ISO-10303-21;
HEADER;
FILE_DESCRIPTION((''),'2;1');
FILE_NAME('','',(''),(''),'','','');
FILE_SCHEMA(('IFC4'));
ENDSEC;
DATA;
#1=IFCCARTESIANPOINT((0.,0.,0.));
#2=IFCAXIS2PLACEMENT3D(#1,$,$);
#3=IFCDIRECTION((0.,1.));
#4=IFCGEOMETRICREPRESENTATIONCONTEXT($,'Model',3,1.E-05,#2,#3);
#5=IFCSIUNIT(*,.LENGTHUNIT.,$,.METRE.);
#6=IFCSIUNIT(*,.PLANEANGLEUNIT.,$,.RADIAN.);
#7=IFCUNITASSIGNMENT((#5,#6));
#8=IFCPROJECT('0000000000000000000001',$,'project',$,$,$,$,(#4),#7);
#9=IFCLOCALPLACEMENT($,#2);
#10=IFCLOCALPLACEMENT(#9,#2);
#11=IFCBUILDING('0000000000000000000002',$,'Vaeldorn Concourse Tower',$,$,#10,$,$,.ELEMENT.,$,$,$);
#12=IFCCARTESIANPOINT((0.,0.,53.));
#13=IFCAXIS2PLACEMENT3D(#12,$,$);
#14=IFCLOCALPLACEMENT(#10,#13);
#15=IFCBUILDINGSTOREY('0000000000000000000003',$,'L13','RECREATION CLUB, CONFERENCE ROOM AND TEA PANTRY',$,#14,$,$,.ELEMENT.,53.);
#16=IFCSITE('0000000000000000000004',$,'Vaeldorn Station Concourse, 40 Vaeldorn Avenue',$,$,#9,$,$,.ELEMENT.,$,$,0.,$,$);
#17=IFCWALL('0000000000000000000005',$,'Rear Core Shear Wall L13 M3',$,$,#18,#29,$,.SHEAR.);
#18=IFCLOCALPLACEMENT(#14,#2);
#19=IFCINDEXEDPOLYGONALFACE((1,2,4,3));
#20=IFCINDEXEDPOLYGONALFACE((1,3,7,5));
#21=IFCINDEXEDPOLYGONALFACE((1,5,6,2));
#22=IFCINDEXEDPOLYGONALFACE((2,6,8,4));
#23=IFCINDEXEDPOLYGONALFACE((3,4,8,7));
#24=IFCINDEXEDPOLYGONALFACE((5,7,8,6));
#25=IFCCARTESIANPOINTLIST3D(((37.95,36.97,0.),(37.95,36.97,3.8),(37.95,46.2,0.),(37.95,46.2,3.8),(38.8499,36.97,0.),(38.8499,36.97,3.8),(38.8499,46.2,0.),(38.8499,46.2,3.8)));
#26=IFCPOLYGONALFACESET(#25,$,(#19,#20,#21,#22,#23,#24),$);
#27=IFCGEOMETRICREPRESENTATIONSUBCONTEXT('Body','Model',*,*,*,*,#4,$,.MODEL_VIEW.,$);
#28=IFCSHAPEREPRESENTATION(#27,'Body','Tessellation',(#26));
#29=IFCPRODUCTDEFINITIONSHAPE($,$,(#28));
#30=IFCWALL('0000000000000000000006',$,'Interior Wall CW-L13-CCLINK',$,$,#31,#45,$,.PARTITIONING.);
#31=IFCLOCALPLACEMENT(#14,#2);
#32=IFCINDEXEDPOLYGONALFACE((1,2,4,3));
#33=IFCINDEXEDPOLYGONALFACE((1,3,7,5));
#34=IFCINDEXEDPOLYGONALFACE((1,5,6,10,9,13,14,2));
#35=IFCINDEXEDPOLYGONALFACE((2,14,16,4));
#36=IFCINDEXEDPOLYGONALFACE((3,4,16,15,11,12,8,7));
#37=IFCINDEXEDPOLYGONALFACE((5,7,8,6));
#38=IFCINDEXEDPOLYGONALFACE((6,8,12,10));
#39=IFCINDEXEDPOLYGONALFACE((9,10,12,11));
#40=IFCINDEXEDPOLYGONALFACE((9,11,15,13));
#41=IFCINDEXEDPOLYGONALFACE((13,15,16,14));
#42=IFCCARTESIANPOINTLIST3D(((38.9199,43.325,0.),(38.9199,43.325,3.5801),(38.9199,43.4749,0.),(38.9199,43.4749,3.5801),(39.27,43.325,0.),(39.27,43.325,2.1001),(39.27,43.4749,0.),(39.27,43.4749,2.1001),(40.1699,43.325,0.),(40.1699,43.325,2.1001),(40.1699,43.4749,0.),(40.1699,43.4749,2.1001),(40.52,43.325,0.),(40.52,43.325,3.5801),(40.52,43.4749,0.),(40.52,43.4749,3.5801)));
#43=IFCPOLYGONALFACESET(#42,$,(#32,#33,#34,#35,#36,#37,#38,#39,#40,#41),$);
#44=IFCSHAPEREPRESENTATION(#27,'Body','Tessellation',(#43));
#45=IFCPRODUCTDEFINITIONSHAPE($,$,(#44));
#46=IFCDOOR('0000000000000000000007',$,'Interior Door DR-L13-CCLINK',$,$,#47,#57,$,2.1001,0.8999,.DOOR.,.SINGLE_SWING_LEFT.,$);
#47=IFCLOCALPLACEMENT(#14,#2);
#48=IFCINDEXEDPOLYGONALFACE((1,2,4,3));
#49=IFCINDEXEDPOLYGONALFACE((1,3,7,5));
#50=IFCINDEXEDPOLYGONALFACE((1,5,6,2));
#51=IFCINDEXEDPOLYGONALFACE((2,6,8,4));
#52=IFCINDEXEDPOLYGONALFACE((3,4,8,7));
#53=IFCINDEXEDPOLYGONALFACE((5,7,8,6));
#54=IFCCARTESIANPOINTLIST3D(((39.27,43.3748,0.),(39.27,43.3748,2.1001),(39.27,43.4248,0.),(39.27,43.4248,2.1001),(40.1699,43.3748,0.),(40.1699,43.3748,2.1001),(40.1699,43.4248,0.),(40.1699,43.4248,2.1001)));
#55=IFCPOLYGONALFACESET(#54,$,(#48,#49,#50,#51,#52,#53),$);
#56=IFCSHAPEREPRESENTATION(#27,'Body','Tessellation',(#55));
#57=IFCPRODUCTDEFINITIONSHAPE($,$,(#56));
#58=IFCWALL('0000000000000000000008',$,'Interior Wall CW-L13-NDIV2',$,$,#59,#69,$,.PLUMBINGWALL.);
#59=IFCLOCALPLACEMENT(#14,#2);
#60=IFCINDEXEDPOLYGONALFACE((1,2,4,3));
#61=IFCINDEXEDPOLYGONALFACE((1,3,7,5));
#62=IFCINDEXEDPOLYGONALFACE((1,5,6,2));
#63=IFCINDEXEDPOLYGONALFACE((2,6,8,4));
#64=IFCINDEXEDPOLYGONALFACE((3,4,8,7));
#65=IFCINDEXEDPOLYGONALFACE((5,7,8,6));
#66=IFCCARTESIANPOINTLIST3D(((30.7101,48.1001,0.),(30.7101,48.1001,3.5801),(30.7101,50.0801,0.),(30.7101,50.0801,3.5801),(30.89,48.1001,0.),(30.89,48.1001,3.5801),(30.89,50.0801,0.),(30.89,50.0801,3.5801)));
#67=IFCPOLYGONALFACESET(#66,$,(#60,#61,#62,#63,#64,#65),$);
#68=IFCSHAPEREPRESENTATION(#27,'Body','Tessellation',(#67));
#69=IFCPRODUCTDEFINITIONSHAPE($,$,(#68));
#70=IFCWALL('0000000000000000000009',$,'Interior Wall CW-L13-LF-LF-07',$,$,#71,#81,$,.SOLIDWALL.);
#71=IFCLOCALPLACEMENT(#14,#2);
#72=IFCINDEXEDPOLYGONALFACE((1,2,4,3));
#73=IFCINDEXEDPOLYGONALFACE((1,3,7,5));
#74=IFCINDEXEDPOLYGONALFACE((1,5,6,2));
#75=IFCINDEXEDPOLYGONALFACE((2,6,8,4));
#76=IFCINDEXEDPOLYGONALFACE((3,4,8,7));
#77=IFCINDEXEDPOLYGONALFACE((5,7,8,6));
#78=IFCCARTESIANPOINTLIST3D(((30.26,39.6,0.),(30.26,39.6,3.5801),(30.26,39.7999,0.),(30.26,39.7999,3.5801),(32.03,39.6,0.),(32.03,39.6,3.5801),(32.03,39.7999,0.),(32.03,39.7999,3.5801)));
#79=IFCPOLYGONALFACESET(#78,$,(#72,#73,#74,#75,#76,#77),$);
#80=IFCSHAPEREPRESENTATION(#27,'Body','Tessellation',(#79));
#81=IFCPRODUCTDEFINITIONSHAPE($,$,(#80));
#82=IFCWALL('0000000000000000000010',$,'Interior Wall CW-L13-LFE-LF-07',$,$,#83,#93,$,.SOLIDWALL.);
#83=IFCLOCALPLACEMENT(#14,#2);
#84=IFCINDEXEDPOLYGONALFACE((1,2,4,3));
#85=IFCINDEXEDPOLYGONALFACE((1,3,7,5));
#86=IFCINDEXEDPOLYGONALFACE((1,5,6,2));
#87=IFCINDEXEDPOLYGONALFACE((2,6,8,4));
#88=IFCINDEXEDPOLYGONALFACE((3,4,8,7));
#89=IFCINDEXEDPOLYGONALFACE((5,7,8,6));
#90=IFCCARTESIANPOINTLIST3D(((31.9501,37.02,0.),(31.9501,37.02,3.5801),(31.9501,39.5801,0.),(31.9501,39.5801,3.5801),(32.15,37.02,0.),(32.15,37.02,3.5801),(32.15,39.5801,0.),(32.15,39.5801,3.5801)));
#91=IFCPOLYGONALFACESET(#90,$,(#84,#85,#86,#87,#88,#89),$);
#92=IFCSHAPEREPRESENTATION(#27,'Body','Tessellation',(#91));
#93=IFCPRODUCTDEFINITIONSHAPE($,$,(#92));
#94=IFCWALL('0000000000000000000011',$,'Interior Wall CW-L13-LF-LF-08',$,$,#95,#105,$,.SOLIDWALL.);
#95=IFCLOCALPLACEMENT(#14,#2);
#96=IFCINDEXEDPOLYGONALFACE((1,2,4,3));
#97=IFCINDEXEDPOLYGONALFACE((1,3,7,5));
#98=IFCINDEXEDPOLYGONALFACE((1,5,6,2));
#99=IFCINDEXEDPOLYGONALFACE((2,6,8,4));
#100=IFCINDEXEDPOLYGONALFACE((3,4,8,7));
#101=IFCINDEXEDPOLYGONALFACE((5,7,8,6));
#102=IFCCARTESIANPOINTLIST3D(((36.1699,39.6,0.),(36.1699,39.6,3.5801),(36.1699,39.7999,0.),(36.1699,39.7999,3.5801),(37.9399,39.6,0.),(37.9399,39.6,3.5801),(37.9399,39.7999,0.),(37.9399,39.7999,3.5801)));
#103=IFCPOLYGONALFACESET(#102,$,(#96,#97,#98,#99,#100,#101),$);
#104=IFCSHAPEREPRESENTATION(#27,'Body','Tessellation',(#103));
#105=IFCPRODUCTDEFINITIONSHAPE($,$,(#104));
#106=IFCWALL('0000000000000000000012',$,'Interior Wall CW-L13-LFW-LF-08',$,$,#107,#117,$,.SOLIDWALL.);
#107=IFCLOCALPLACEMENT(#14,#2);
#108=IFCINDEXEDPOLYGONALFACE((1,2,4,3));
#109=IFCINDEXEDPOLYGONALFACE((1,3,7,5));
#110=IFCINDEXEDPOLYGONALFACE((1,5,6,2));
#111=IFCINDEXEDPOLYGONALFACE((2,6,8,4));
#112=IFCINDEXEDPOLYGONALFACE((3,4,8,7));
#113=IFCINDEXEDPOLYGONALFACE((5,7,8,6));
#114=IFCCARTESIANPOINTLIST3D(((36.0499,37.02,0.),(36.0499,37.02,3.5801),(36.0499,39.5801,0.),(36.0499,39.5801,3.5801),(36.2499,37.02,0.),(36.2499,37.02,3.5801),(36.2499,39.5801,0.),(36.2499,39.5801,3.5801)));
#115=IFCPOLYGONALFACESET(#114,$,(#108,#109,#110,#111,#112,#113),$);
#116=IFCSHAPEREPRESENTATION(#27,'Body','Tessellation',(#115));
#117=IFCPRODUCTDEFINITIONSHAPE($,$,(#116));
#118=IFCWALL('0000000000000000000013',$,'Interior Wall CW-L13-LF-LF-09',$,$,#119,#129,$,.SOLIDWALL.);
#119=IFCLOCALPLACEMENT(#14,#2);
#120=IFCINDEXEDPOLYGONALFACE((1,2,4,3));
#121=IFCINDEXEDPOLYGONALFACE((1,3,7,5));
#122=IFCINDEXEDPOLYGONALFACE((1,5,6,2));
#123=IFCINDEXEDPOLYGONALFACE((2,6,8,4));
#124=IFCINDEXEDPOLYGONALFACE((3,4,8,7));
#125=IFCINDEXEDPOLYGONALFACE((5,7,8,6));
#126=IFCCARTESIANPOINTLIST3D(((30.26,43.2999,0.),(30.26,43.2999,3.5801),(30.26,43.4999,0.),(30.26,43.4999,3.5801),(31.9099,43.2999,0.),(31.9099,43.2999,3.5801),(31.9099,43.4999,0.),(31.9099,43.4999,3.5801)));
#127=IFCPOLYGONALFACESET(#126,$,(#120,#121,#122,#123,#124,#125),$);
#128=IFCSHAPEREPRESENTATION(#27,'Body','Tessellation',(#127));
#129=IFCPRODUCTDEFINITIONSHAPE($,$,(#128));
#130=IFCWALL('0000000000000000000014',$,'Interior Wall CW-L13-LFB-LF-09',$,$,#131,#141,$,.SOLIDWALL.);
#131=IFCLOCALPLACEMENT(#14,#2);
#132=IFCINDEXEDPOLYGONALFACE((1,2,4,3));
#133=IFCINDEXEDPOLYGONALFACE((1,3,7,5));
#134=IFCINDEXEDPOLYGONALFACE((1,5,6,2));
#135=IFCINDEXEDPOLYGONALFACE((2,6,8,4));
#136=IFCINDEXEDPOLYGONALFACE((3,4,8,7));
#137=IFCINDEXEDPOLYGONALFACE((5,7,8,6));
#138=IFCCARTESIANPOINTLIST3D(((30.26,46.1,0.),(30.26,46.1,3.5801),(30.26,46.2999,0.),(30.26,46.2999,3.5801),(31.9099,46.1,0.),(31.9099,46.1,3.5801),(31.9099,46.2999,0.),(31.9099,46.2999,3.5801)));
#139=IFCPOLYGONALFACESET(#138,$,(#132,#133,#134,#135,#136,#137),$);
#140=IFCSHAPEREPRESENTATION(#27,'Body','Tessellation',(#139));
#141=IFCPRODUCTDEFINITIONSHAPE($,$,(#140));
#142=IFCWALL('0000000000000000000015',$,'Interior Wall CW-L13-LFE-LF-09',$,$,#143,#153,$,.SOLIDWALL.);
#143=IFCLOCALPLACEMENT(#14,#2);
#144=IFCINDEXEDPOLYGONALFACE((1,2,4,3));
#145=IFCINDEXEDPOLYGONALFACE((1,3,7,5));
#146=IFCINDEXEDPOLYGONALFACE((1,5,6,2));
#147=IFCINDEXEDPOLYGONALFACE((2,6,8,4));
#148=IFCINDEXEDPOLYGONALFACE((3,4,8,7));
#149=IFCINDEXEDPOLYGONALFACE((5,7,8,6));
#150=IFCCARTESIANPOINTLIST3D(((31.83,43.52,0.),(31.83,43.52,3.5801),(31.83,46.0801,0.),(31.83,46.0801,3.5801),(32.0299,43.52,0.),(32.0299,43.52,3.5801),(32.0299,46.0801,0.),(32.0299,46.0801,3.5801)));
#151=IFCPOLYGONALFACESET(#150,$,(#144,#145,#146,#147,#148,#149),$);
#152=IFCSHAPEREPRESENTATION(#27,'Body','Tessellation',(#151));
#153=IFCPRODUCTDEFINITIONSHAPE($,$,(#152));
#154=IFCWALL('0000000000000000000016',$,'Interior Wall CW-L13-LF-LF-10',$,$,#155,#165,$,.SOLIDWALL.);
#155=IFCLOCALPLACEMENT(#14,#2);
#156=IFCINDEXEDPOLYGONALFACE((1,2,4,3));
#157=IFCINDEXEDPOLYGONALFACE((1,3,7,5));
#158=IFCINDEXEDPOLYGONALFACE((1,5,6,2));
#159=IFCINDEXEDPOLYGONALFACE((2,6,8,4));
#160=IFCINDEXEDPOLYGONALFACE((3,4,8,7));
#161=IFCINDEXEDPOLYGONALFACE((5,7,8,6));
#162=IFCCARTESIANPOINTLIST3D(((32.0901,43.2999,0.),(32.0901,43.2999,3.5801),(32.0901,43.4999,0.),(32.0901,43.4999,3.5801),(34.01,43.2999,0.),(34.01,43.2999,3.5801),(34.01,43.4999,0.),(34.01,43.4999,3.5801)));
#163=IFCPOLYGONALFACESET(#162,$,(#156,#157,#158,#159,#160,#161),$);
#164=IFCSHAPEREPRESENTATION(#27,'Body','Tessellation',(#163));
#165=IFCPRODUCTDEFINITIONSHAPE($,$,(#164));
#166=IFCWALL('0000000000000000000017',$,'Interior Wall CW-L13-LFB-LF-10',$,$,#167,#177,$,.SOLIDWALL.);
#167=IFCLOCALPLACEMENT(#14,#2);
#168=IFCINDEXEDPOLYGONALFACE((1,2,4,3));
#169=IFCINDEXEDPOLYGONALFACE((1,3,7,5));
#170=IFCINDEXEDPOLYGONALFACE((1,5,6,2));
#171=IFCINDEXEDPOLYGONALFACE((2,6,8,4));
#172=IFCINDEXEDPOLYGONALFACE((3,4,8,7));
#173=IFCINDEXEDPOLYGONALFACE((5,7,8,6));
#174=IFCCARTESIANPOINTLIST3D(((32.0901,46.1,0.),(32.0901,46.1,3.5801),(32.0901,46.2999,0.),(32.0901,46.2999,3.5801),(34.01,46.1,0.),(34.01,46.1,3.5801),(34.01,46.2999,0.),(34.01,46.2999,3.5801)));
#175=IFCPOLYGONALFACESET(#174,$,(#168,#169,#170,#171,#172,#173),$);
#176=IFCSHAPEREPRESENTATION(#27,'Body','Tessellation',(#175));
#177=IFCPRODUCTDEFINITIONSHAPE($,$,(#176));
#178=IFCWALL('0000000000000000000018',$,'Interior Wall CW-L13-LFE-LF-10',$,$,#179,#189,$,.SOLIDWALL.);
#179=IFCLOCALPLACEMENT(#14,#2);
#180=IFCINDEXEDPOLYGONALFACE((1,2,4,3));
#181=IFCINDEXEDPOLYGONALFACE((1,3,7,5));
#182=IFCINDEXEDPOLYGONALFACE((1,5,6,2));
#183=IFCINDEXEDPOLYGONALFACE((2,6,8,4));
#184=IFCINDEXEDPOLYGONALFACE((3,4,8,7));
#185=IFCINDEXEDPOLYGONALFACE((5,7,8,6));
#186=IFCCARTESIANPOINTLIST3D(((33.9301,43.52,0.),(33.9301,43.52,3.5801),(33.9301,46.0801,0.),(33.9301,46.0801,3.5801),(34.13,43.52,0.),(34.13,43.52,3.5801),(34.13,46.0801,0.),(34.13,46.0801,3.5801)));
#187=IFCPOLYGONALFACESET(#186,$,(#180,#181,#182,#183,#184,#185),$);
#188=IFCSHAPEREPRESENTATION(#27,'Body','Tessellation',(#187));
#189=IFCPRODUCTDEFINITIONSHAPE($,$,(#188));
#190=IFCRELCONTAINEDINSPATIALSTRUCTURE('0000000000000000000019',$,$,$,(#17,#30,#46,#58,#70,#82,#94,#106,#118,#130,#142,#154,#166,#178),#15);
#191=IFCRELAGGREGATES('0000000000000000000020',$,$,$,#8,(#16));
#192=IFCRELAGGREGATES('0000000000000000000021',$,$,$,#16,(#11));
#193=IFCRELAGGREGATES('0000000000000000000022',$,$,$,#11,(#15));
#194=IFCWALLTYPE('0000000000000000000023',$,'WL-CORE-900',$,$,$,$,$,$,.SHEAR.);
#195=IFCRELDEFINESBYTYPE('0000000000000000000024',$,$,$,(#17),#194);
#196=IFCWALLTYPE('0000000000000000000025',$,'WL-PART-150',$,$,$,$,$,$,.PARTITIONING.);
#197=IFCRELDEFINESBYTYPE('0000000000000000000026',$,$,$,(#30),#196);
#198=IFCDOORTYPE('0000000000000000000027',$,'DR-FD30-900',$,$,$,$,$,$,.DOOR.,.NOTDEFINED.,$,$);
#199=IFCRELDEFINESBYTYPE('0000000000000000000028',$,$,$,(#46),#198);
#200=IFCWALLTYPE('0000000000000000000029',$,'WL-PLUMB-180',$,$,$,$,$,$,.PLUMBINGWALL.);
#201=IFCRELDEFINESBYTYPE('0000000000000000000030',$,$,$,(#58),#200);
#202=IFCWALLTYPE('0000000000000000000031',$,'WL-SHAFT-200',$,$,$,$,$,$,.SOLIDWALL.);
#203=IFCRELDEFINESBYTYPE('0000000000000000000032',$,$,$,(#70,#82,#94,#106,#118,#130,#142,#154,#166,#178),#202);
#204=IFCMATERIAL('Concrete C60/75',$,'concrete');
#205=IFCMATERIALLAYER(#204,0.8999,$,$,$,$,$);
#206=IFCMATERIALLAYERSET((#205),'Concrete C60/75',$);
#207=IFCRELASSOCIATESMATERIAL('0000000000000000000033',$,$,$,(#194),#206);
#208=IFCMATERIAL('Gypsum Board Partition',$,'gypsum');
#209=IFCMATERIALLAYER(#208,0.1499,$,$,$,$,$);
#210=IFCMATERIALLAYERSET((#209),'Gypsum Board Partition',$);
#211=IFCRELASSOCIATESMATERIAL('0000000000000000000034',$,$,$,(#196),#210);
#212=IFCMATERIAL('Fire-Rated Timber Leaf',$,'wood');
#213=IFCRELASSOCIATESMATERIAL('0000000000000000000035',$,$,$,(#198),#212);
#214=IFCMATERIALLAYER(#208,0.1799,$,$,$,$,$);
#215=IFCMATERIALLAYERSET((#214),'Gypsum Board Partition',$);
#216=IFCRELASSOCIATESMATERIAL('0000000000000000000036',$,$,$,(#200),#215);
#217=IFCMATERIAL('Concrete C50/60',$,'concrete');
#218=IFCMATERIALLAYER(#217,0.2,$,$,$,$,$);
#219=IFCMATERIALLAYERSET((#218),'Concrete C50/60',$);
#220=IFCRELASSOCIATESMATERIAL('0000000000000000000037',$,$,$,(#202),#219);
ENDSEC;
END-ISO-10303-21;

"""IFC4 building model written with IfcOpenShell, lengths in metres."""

from ifc_helpers import new_model, si_unit, direction, frame, frame_2d, origin, place, context, subcontext, project, spatial, rectangle, extrude, source, transform, mapped, material, layer, layer_set, type_object, element, fill, save


model = new_model("IFC4")

# Units and contexts
model_context = context("Model", 3, precision=1e-05, world=origin(), true_north=direction((0.0, 1.0)))
body_context = subcontext(model_context, "Body", "Model", "MODEL_VIEW")
ifc_project = project(units=[si_unit("LENGTHUNIT", "METRE"), si_unit("PLANEANGLEUNIT", "RADIAN")], contexts=[model_context])

# Site, building, storey
site_placement = place(None, origin())
site = spatial("IfcSite", under=ifc_project, at=site_placement, Name="Vaeldorn Station Concourse, 40 Vaeldorn Avenue", CompositionType="ELEMENT", RefElevation=0.0)
building_placement = place(site_placement, origin())
building = spatial("IfcBuilding", under=site, at=building_placement, Name="Vaeldorn Concourse Tower", CompositionType="ELEMENT")
storey_placement = place(building_placement, frame((0.0, 0.0, 53.0)))
storey = spatial("IfcBuildingStorey", under=building, at=storey_placement, Name="L13", Description="RECREATION CLUB, CONFERENCE ROOM AND TEA PANTRY", CompositionType="ELEMENT", Elevation=53.0)

# Wall
ifc_material_1 = material(Name="Concrete C60/75", Category="concrete")
ifc_layer_1 = layer(ifc_material_1, 0.8999)
ifc_layer_set_1 = layer_set([ifc_layer_1], Name="Concrete C60/75")
wall_type_1 = type_object("IfcWallType", Name="WL-CORE-900", PredefinedType="SHEAR", material=ifc_layer_set_1)
for number, where, z_axis, x_axis, name in (
    (1, (38.3999, 36.97, 0.0), (0.0, 0.0, 1.0), (0.0, 1.0, 0.0), "Rear Core Shear Wall L13 M3"),
):
    element("IfcWall", number, at=place(storey_placement, frame(where, z_axis=z_axis, x_axis=x_axis)), inside=storey, type_object=wall_type_1, Name=name, PredefinedType="SHEAR", context=body_context, shape_type="SweptSolid", body=[
        extrude(rectangle(XDim=9.23, YDim=0.8999, at=frame_2d((4.615, 0.0))), origin(), (0.0, 0.0, 1.0), 3.8),
    ])

# Wall, opening, door
ifc_material_2 = material(Name="Gypsum Board Partition", Category="gypsum")
ifc_layer_2 = layer(ifc_material_2, 0.1499)
ifc_layer_set_2 = layer_set([ifc_layer_2], Name="Gypsum Board Partition")
wall_type_2 = type_object("IfcWallType", Name="WL-PART-150", PredefinedType="PARTITIONING", material=ifc_layer_set_2)
wall_1_placement = place(storey_placement, frame((38.9199, 43.3999, 0.0), z_axis=(0.0, 0.0, 1.0), x_axis=(1.0, 0.0, 0.0)))
wall_1 = element("IfcWall", 2, at=wall_1_placement, inside=storey, type_object=wall_type_2, Name="Interior Wall CW-L13-CCLINK", PredefinedType="PARTITIONING", context=body_context, shape_type="SweptSolid", body=[
    extrude(rectangle(XDim=1.6001, YDim=0.1499, at=frame_2d((0.8, 0.0))), origin(), (0.0, 0.0, 1.0), 3.5801),
])
opening_placement = place(wall_1_placement, frame((0.3501, 0.0, 0.0)))
opening = element("IfcOpeningElement", 3, at=opening_placement, cuts=wall_1, PredefinedType="OPENING", context=body_context, shape_type="SweptSolid", body=[
    extrude(rectangle(XDim=0.8999, YDim=2.1001, at=frame_2d((0.45, 1.05))), frame((0.0, 0.085, 0.0), z_axis=(0.0, -1.0, 0.0), x_axis=(1.0, 0.0, 0.0)), (0.0, 0.0, 1.0), 0.1699),
])
ifc_material_3 = material(Name="Fire-Rated Timber Leaf", Category="wood")
door_type = type_object("IfcDoorType", Name="DR-FD30-900", OperationType="NOTDEFINED", PredefinedType="DOOR", material=ifc_material_3)
shared_shape_1 = source(origin(), body_context, "Body", "SweptSolid", [
    extrude(rectangle(XDim=0.8999, YDim=2.1001, at=frame_2d((0.45, 1.05))), frame((0.0, 0.0249, 0.0), z_axis=(0.0, -1.0, 0.0), x_axis=(1.0, 0.0, 0.0)), (0.0, 0.0, 1.0), 0.05),
])
door_placement = place(opening_placement, origin())
door = element("IfcDoor", 4, at=door_placement, inside=storey, type_object=door_type, Name="Interior Door DR-L13-CCLINK", OperationType="SINGLE_SWING_LEFT", OverallHeight=2.1001, OverallWidth=0.8999, PredefinedType="DOOR", context=body_context, shape_type="MappedRepresentation", body=[
    mapped(shared_shape_1, transform((0.0, 0.0, 0.0), scale=1.0)),
])
fill(opening, door)

# Walls
ifc_layer_3 = layer(ifc_material_2, 0.1799)
ifc_layer_set_3 = layer_set([ifc_layer_3], Name="Gypsum Board Partition")
wall_type_3 = type_object("IfcWallType", Name="WL-PLUMB-180", PredefinedType="PLUMBINGWALL", material=ifc_layer_set_3)
wall_2_placement = place(storey_placement, frame((30.8, 48.1001, 0.0), z_axis=(0.0, 0.0, 1.0), x_axis=(0.0, 1.0, 0.0)))
element("IfcWall", 5, at=wall_2_placement, inside=storey, type_object=wall_type_3, Name="Interior Wall CW-L13-NDIV2", PredefinedType="PLUMBINGWALL", context=body_context, shape_type="SweptSolid", body=[
    extrude(rectangle(XDim=1.98, YDim=0.1799, at=frame_2d((0.99, 0.0))), origin(), (0.0, 0.0, 1.0), 3.5801),
])
ifc_material_4 = material(Name="Concrete C50/60", Category="concrete")
ifc_layer_4 = layer(ifc_material_4, 0.2)
ifc_layer_set_4 = layer_set([ifc_layer_4], Name="Concrete C50/60")
wall_type_4 = type_object("IfcWallType", Name="WL-SHAFT-200", PredefinedType="SOLIDWALL", material=ifc_layer_set_4)
wall_3_placement = place(storey_placement, frame((30.26, 39.7, 0.0), z_axis=(0.0, 0.0, 1.0), x_axis=(1.0, 0.0, 0.0)))
element("IfcWall", 6, at=wall_3_placement, inside=storey, type_object=wall_type_4, Name="Interior Wall CW-L13-LF-LF-07", PredefinedType="SOLIDWALL", context=body_context, shape_type="SweptSolid", body=[
    extrude(rectangle(XDim=1.77, YDim=0.2, at=frame_2d((0.885, 0.0))), origin(), (0.0, 0.0, 1.0), 3.5801),
])
wall_4_placement = place(storey_placement, frame((32.05, 37.02, 0.0), z_axis=(0.0, 0.0, 1.0), x_axis=(0.0, 1.0, 0.0)))
element("IfcWall", 7, at=wall_4_placement, inside=storey, type_object=wall_type_4, Name="Interior Wall CW-L13-LFE-LF-07", PredefinedType="SOLIDWALL", context=body_context, shape_type="SweptSolid", body=[
    extrude(rectangle(XDim=2.5601, YDim=0.2, at=frame_2d((1.28, 0.0))), origin(), (0.0, 0.0, 1.0), 3.5801),
])
wall_5_placement = place(storey_placement, frame((36.1699, 39.7, 0.0), z_axis=(0.0, 0.0, 1.0), x_axis=(1.0, 0.0, 0.0)))
element("IfcWall", 8, at=wall_5_placement, inside=storey, type_object=wall_type_4, Name="Interior Wall CW-L13-LF-LF-08", PredefinedType="SOLIDWALL", context=body_context, shape_type="SweptSolid", body=[
    extrude(rectangle(XDim=1.77, YDim=0.2, at=frame_2d((0.885, 0.0))), origin(), (0.0, 0.0, 1.0), 3.5801),
])
wall_6_placement = place(storey_placement, frame((36.1499, 37.02, 0.0), z_axis=(0.0, 0.0, 1.0), x_axis=(0.0, 1.0, 0.0)))
element("IfcWall", 9, at=wall_6_placement, inside=storey, type_object=wall_type_4, Name="Interior Wall CW-L13-LFW-LF-08", PredefinedType="SOLIDWALL", context=body_context, shape_type="SweptSolid", body=[
    extrude(rectangle(XDim=2.5601, YDim=0.2, at=frame_2d((1.28, 0.0))), origin(), (0.0, 0.0, 1.0), 3.5801),
])
for number, where, z_axis, x_axis, name in (
    (10, (30.26, 43.3999, 0.0), (0.0, 0.0, 1.0), (1.0, 0.0, 0.0), "Interior Wall CW-L13-LF-LF-09"),
    (11, (30.26, 46.2, 0.0), (0.0, 0.0, 1.0), (1.0, 0.0, 0.0), "Interior Wall CW-L13-LFB-LF-09"),
):
    element("IfcWall", number, at=place(storey_placement, frame(where, z_axis=z_axis, x_axis=x_axis)), inside=storey, type_object=wall_type_4, Name=name, PredefinedType="SOLIDWALL", context=body_context, shape_type="SweptSolid", body=[
        extrude(rectangle(XDim=1.6499, YDim=0.2, at=frame_2d((0.825, 0.0))), origin(), (0.0, 0.0, 1.0), 3.5801),
    ])
wall_7_placement = place(storey_placement, frame((31.9299, 43.52, 0.0), z_axis=(0.0, 0.0, 1.0), x_axis=(0.0, 1.0, 0.0)))
element("IfcWall", 12, at=wall_7_placement, inside=storey, type_object=wall_type_4, Name="Interior Wall CW-L13-LFE-LF-09", PredefinedType="SOLIDWALL", context=body_context, shape_type="SweptSolid", body=[
    extrude(rectangle(XDim=2.5601, YDim=0.2, at=frame_2d((1.28, 0.0))), origin(), (0.0, 0.0, 1.0), 3.5801),
])
for number, where, z_axis, x_axis, name in (
    (13, (32.0901, 43.3999, 0.0), (0.0, 0.0, 1.0), (1.0, 0.0, 0.0), "Interior Wall CW-L13-LF-LF-10"),
    (14, (32.0901, 46.2, 0.0), (0.0, 0.0, 1.0), (1.0, 0.0, 0.0), "Interior Wall CW-L13-LFB-LF-10"),
):
    element("IfcWall", number, at=place(storey_placement, frame(where, z_axis=z_axis, x_axis=x_axis)), inside=storey, type_object=wall_type_4, Name=name, PredefinedType="SOLIDWALL", context=body_context, shape_type="SweptSolid", body=[
        extrude(rectangle(XDim=1.9199, YDim=0.2, at=frame_2d((0.96, 0.0))), origin(), (0.0, 0.0, 1.0), 3.5801),
    ])
wall_8_placement = place(storey_placement, frame((34.03, 43.52, 0.0), z_axis=(0.0, 0.0, 1.0), x_axis=(0.0, 1.0, 0.0)))
element("IfcWall", 15, at=wall_8_placement, inside=storey, type_object=wall_type_4, Name="Interior Wall CW-L13-LFE-LF-10", PredefinedType="SOLIDWALL", context=body_context, shape_type="SweptSolid", body=[
    extrude(rectangle(XDim=2.5601, YDim=0.2, at=frame_2d((1.28, 0.0))), origin(), (0.0, 0.0, 1.0), 3.5801),
])

save(model, "model.ifc")
